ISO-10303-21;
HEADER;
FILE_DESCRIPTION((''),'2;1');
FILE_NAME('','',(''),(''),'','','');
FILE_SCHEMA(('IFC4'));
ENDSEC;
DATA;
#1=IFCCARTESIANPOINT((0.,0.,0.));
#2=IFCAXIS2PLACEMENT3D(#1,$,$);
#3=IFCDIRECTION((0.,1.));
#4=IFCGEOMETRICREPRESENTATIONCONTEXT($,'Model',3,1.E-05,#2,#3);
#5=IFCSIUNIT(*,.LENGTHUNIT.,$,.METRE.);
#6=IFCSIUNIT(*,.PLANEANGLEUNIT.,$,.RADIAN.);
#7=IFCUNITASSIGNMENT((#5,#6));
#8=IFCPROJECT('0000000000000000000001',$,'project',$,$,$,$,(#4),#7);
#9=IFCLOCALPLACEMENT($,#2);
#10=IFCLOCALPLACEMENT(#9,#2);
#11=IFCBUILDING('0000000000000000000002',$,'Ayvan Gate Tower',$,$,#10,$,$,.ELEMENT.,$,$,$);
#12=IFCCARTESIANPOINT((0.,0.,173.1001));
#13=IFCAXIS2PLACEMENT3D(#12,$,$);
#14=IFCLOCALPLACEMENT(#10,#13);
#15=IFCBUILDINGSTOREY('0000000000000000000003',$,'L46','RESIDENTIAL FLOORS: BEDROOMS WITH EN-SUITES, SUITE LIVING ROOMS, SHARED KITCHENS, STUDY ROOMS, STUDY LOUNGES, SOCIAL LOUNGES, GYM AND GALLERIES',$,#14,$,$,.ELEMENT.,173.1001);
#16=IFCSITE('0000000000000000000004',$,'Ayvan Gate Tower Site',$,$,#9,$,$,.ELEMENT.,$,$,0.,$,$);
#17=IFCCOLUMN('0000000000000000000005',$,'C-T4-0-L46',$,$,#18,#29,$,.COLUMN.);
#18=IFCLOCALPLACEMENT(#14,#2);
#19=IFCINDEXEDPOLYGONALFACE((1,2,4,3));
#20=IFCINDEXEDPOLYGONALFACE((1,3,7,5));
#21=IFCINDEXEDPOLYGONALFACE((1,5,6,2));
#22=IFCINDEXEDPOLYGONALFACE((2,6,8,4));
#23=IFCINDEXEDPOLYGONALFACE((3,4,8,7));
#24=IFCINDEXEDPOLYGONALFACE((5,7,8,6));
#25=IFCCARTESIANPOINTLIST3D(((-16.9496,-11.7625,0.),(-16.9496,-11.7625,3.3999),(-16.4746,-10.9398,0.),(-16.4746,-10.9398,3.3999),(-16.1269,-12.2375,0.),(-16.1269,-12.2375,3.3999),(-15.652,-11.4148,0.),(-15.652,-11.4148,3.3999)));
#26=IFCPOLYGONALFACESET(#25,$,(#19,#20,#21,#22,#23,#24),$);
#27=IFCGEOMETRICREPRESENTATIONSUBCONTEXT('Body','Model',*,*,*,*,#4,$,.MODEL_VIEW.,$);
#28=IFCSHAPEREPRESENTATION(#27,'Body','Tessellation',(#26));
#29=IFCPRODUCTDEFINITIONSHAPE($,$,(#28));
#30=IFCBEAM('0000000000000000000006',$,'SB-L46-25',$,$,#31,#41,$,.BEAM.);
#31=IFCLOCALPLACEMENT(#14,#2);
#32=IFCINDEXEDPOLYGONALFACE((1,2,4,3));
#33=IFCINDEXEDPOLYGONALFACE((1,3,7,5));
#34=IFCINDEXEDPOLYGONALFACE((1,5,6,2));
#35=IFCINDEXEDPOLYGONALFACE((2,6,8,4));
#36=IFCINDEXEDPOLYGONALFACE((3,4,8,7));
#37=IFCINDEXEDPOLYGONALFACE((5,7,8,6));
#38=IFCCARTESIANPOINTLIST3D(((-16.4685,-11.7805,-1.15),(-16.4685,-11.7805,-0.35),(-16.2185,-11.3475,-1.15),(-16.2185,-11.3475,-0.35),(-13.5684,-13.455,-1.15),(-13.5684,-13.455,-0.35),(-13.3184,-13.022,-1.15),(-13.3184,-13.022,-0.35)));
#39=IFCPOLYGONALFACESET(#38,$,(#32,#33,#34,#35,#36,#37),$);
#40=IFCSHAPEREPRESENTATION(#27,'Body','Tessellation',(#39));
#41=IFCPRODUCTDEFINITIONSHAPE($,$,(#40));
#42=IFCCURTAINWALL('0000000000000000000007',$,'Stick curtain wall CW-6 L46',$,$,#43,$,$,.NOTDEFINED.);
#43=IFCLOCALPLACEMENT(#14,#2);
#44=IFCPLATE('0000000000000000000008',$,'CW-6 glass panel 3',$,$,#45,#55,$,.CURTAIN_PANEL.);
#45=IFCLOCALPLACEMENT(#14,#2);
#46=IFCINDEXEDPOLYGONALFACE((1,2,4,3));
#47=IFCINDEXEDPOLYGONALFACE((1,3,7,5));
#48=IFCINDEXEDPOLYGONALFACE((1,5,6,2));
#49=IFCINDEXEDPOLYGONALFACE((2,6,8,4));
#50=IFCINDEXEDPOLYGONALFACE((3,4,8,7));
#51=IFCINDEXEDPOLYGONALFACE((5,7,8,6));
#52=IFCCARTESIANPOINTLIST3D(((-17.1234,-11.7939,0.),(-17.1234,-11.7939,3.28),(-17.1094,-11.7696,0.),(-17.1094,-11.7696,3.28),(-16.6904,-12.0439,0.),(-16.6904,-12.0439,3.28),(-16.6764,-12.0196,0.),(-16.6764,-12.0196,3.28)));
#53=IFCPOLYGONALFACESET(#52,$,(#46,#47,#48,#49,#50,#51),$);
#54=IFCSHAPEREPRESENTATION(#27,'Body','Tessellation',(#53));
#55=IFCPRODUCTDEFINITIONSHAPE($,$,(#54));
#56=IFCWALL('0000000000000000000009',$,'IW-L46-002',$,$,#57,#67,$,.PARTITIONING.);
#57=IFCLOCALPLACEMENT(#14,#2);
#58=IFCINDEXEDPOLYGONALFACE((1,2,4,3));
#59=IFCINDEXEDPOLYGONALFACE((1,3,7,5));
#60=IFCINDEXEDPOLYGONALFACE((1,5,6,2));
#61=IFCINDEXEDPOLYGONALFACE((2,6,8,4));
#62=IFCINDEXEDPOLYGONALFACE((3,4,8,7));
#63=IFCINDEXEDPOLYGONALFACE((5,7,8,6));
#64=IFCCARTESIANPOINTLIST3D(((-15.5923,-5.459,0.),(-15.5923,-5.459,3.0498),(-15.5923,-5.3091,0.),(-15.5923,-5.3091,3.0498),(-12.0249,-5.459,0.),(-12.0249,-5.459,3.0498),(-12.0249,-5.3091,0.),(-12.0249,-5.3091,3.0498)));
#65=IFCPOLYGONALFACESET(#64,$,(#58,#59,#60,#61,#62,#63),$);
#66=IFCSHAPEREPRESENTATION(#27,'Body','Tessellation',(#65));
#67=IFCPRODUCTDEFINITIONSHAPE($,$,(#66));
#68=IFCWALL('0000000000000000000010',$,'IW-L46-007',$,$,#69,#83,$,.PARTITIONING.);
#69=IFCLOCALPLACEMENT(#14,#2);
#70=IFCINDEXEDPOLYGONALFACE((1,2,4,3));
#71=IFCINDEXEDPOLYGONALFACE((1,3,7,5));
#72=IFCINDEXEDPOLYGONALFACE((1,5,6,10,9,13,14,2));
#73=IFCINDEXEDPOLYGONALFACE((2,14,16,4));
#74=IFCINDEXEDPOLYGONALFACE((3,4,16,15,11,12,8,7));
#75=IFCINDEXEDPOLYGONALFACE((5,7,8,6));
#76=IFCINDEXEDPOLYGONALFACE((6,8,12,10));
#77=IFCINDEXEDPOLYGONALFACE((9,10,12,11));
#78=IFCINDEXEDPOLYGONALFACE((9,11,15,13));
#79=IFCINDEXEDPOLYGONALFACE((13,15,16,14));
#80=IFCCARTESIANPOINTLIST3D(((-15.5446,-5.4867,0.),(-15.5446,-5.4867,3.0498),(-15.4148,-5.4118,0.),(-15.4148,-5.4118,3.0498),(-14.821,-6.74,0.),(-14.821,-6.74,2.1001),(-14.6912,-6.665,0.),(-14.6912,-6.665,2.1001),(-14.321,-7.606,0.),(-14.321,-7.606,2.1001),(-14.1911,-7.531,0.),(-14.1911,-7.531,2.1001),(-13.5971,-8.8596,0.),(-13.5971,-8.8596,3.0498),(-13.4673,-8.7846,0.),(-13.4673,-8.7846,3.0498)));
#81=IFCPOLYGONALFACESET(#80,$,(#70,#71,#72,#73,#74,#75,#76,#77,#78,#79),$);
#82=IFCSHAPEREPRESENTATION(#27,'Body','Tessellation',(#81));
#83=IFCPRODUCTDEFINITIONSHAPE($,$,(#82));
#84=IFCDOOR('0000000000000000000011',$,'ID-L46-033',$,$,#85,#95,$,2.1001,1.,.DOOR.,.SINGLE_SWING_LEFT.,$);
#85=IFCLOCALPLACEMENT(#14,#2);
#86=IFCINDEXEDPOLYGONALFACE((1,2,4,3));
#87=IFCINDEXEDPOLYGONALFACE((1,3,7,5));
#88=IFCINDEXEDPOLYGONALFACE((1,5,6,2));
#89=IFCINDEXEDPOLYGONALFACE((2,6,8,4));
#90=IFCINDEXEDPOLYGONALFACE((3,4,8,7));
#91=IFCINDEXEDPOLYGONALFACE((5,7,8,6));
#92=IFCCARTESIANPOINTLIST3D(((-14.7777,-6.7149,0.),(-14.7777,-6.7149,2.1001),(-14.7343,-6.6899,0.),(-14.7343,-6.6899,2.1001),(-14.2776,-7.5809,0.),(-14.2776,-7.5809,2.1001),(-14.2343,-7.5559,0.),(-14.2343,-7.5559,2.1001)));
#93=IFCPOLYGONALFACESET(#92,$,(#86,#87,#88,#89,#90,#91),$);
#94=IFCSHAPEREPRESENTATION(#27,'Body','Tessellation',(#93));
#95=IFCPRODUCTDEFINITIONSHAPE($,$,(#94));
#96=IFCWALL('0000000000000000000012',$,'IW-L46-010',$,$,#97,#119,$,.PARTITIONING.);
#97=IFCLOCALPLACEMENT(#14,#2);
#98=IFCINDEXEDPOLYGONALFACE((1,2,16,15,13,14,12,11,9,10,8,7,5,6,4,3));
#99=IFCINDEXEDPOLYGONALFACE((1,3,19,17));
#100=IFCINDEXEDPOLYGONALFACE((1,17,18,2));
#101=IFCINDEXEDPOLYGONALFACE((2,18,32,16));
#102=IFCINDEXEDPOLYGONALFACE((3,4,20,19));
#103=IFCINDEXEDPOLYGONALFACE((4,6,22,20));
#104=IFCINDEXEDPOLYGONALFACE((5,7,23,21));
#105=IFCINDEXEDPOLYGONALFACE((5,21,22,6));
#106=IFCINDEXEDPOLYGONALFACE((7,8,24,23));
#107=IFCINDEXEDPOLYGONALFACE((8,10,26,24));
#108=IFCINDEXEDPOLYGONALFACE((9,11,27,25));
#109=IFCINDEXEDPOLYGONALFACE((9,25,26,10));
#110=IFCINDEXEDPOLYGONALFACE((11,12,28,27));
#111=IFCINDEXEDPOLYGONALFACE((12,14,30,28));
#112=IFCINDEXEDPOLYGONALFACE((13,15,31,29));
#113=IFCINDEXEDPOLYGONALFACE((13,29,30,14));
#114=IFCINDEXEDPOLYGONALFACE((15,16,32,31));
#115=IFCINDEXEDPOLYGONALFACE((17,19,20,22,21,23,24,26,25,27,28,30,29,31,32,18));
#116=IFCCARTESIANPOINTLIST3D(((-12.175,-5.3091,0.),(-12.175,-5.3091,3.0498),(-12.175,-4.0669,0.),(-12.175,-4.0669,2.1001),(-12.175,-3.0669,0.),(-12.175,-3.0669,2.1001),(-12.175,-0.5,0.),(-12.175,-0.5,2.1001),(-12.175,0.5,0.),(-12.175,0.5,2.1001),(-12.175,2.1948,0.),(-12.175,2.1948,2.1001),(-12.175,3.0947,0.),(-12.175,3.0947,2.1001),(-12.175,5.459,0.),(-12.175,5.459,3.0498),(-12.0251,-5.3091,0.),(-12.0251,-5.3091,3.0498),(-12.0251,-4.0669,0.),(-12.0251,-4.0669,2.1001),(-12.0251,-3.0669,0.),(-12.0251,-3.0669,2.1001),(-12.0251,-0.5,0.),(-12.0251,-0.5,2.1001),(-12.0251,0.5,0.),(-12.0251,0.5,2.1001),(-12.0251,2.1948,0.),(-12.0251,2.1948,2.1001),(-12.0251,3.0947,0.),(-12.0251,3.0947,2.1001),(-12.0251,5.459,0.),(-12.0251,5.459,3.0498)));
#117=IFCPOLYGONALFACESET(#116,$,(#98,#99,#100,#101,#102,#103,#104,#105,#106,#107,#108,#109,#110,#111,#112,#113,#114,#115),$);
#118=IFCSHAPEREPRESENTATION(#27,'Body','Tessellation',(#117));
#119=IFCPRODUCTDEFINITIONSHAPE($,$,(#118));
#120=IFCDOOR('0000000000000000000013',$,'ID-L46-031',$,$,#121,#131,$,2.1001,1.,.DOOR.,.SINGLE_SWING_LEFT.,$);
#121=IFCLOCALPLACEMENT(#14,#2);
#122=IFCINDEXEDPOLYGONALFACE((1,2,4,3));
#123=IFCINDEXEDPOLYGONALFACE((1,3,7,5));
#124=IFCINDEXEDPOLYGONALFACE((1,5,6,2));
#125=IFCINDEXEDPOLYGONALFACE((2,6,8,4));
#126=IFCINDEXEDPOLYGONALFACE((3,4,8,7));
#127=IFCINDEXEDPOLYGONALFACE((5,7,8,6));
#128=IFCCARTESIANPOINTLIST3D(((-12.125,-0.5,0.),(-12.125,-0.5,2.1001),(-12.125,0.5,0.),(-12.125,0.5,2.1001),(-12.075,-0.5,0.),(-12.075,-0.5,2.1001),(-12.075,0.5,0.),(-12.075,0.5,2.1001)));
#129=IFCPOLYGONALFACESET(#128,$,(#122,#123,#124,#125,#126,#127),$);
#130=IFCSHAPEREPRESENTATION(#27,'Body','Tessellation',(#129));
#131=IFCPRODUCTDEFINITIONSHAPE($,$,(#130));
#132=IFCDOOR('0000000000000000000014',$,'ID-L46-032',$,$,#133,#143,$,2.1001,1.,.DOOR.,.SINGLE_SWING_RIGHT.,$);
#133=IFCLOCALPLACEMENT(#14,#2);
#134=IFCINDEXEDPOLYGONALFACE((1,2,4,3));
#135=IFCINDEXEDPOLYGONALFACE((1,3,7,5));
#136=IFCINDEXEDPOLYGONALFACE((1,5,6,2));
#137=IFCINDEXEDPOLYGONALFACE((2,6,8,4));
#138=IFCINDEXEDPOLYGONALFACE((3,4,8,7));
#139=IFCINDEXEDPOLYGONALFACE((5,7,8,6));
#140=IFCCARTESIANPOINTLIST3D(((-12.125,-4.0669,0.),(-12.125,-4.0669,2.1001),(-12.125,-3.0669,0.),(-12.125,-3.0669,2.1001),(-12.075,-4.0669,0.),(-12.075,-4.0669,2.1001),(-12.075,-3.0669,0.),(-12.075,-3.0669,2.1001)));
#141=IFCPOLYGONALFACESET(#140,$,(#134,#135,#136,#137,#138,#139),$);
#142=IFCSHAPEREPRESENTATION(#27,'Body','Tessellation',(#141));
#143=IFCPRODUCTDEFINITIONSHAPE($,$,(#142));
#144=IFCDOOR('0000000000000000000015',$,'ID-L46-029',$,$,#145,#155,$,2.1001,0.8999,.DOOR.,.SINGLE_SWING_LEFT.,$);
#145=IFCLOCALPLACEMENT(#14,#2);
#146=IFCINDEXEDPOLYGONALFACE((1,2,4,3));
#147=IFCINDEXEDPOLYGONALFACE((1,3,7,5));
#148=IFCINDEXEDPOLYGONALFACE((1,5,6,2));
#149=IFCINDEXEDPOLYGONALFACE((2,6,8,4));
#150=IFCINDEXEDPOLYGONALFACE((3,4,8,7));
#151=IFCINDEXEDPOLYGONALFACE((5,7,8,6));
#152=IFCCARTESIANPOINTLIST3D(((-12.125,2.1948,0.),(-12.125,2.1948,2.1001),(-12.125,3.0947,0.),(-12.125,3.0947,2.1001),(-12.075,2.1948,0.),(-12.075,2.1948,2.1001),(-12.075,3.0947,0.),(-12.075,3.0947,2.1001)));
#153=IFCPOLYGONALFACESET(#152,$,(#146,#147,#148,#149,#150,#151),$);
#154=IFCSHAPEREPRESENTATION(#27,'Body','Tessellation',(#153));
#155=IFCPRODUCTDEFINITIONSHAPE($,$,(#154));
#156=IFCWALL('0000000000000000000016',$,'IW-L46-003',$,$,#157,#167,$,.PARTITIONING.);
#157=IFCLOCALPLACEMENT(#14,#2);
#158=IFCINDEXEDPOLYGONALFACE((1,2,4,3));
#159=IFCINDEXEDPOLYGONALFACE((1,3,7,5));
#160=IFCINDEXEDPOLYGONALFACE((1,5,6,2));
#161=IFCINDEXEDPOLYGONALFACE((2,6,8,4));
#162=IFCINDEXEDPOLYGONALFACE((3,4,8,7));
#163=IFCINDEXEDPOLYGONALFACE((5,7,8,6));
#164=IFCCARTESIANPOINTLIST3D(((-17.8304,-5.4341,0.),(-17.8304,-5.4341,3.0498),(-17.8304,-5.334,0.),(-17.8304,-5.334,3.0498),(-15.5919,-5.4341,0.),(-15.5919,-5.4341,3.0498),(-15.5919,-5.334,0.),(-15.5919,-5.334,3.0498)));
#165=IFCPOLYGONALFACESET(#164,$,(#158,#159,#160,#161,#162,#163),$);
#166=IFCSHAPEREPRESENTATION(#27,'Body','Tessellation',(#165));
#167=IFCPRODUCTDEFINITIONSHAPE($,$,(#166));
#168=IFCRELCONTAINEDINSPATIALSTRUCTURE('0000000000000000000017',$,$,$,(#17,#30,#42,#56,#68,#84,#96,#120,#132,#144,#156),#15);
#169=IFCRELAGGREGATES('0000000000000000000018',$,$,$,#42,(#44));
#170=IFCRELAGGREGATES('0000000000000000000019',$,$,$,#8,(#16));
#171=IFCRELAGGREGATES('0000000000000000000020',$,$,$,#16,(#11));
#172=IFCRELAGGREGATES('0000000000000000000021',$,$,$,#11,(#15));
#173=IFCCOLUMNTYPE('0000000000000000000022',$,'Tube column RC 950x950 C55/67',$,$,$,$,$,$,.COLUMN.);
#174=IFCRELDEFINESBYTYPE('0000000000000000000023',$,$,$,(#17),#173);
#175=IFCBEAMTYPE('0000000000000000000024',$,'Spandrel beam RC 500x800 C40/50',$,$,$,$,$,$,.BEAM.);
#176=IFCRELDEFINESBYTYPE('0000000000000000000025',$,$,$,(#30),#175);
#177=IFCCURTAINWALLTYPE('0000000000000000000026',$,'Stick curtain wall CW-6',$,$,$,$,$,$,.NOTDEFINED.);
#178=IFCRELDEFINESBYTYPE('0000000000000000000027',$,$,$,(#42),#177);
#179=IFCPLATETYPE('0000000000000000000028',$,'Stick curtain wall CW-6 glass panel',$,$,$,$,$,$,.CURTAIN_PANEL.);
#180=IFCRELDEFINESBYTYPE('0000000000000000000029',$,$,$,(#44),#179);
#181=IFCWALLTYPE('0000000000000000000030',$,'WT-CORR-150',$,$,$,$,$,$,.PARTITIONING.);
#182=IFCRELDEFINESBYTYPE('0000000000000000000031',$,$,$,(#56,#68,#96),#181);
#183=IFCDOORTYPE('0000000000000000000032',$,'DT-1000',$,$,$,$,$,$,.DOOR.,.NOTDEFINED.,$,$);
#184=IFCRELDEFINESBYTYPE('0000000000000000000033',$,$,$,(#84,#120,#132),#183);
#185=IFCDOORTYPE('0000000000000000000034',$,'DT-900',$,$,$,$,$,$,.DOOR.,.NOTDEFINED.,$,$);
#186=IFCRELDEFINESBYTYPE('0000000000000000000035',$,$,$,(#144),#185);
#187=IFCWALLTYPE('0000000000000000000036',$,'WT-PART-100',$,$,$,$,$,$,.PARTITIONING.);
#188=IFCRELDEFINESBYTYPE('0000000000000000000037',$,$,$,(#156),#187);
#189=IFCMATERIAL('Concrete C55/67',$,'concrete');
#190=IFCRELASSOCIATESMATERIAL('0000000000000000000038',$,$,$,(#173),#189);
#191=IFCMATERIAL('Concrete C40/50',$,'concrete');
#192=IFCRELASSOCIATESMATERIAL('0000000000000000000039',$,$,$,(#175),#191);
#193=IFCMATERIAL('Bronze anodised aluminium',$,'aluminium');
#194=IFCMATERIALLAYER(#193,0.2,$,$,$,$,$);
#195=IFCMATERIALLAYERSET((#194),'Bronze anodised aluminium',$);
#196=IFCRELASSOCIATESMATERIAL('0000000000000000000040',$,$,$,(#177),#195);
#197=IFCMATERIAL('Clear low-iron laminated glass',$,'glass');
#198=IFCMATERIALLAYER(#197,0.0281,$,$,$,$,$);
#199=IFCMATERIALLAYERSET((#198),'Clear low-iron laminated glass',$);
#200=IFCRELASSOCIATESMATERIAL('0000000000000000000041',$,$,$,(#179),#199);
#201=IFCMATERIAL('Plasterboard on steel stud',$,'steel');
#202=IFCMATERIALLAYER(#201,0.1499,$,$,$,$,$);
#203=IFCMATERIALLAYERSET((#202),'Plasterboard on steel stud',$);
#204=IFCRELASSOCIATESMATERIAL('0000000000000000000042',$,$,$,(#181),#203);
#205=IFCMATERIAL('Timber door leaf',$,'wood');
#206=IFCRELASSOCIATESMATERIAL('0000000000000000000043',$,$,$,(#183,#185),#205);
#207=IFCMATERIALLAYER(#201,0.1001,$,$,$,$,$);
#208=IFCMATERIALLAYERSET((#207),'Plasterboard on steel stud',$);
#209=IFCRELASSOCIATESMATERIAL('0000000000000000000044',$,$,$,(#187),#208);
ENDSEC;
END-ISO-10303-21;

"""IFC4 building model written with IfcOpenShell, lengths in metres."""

from ifc_helpers import new_model, si_unit, direction, frame, frame_2d, origin, origin_2d, place, context, subcontext, project, spatial, rectangle, extrude, material, layer, layer_set, material_profile, profile_set, type_object, element, fill, aggregate, save


model = new_model("IFC4")

# Units and contexts
model_context = context("Model", 3, precision=1e-05, world=origin(), true_north=direction((0.0, 1.0)))
body_context = subcontext(model_context, "Body", "Model", "MODEL_VIEW")
ifc_project = project(units=[si_unit("LENGTHUNIT", "METRE"), si_unit("PLANEANGLEUNIT", "RADIAN")], contexts=[model_context])

# Site, building, storey
site_placement = place(None, origin())
site = spatial("IfcSite", under=ifc_project, at=site_placement, Name="Ayvan Gate Tower Site", CompositionType="ELEMENT", RefElevation=0.0)
building_placement = place(site_placement, origin())
building = spatial("IfcBuilding", under=site, at=building_placement, Name="Ayvan Gate Tower", CompositionType="ELEMENT")
storey_placement = place(building_placement, frame((0.0, 0.0, 173.1001)))
storey = spatial("IfcBuildingStorey", under=building, at=storey_placement, Name="L46", Description="RESIDENTIAL FLOORS: BEDROOMS WITH EN-SUITES, SUITE LIVING ROOMS, SHARED KITCHENS, STUDY ROOMS, STUDY LOUNGES, SOCIAL LOUNGES, GYM AND GALLERIES", CompositionType="ELEMENT", Elevation=173.1001)

# Column
ifc_material_1 = material(Name="Concrete C55/67", Category="concrete")
ifc_material_profile_1 = material_profile(ifc_material_1, rectangle(XDim=0.95, YDim=0.95, at=origin_2d()), Name="RC 950x950")
ifc_profile_set_1 = profile_set([ifc_material_profile_1], Name="Concrete C55/67")
column_type = type_object("IfcColumnType", Name="Tube column RC 950x950 C55/67", PredefinedType="COLUMN", material=ifc_profile_set_1)
column_placement = place(storey_placement, frame((-16.3008, -11.5886, 0.0), z_axis=(0.0, 0.0, 1.0), x_axis=(-0.5, -0.866025, 0.0)))
element("IfcColumn", 1, at=column_placement, inside=storey, type_object=column_type, Name="C-T4-0-L46", PredefinedType="COLUMN", context=body_context, shape_type="SweptSolid", body=[
    extrude(rectangle(XDim=0.95, YDim=0.95, at=origin_2d()), origin(), (0.0, 0.0, 1.0), 3.3999),
])

# Beam
ifc_material_2 = material(Name="Concrete C40/50", Category="concrete")
ifc_material_profile_2 = material_profile(ifc_material_2, rectangle(XDim=0.5, YDim=0.8, at=origin_2d()), Name="RC 500x800")
ifc_profile_set_2 = profile_set([ifc_material_profile_2], Name="Concrete C40/50")
beam_type = type_object("IfcBeamType", Name="Spandrel beam RC 500x800 C40/50", PredefinedType="BEAM", material=ifc_profile_set_2)
beam_placement = place(storey_placement, frame((-16.3435, -11.564, -0.75), z_axis=(0.866005, -0.500036, 0.0), x_axis=(0.500036, 0.866005, 0.0)))
element("IfcBeam", 2, at=beam_placement, inside=storey, type_object=beam_type, Name="SB-L46-25", PredefinedType="BEAM", context=body_context, shape_type="SweptSolid", body=[
    extrude(rectangle(XDim=0.5, YDim=0.8, at=origin_2d()), origin(), (0.0, 0.0, 1.0), 3.3489),
])

# Curtain wall, plate
ifc_material_3 = material(Name="Bronze anodised aluminium", Category="aluminium")
ifc_layer_1 = layer(ifc_material_3, 0.2)
ifc_layer_set_1 = layer_set([ifc_layer_1], Name="Bronze anodised aluminium")
curtain_wall_type = type_object("IfcCurtainWallType", Name="Stick curtain wall CW-6", PredefinedType="NOTDEFINED", material=ifc_layer_set_1)
curtain_wall_placement = place(storey_placement, origin())
curtain_wall = element("IfcCurtainWall", 3, at=curtain_wall_placement, inside=storey, type_object=curtain_wall_type, Name="Stick curtain wall CW-6 L46", PredefinedType="NOTDEFINED")
ifc_material_4 = material(Name="Clear low-iron laminated glass", Category="glass")
ifc_layer_2 = layer(ifc_material_4, 0.0281)
ifc_layer_set_2 = layer_set([ifc_layer_2], Name="Clear low-iron laminated glass")
plate_type = type_object("IfcPlateType", Name="Stick curtain wall CW-6 glass panel", PredefinedType="CURTAIN_PANEL", material=ifc_layer_set_2)
plate_placement = place(storey_placement, frame((-16.8999, -11.9067, 0.0), z_axis=(0.0, 0.0, 1.0), x_axis=(0.866025, -0.5, 0.0)))
plate = element("IfcPlate", 4, at=plate_placement, type_object=plate_type, Name="CW-6 glass panel 3", PredefinedType="CURTAIN_PANEL", context=body_context, shape_type="SweptSolid", body=[
    extrude(rectangle(XDim=0.5, YDim=0.0281, at=origin_2d()), origin(), (0.0, 0.0, 1.0), 3.28),
])
aggregate(curtain_wall, [plate])

# Wall
ifc_material_5 = material(Name="Plasterboard on steel stud", Category="steel")
ifc_layer_3 = layer(ifc_material_5, 0.1499)
ifc_layer_set_3 = layer_set([ifc_layer_3], Name="Plasterboard on steel stud")
wall_type_1 = type_object("IfcWallType", Name="WT-CORR-150", PredefinedType="PARTITIONING", material=ifc_layer_set_3)
wall_1_placement = place(storey_placement, frame((-15.5923, -5.384, 0.0), z_axis=(0.0, 0.0, 1.0), x_axis=(1.0, 0.0, 0.0)))
element("IfcWall", 5, at=wall_1_placement, inside=storey, type_object=wall_type_1, Name="IW-L46-002", PredefinedType="PARTITIONING", context=body_context, shape_type="SweptSolid", body=[
    extrude(rectangle(XDim=3.5674, YDim=0.1499, at=frame_2d((1.7837, 0.0))), origin(), (0.0, 0.0, 1.0), 3.0498),
])

# Wall, opening, door
wall_2_placement = place(storey_placement, frame((-13.5322, -8.822, 0.0), z_axis=(0.0, 0.0, 1.0), x_axis=(-0.500043, 0.866001, 0.0)))
wall_2 = element("IfcWall", 6, at=wall_2_placement, inside=storey, type_object=wall_type_1, Name="IW-L46-007", PredefinedType="PARTITIONING", context=body_context, shape_type="SweptSolid", body=[
    extrude(rectangle(XDim=3.8948, YDim=0.1499, at=frame_2d((1.9473, 0.0))), origin(), (0.0, 0.0, 1.0), 3.0498),
])
opening_1_placement = place(wall_2_placement, frame((1.4475, 0.0, 0.0)))
opening_1 = element("IfcOpeningElement", 7, at=opening_1_placement, cuts=wall_2, PredefinedType="OPENING", context=body_context, shape_type="SweptSolid", body=[
    extrude(rectangle(XDim=1.0, YDim=2.1001, at=frame_2d((0.5, 1.05))), frame((0.0, 0.085, 0.0), z_axis=(0.0, -1.0, 0.0), x_axis=(1.0, 0.0, 0.0)), (0.0, 0.0, 1.0), 0.1699),
])
ifc_material_6 = material(Name="Timber door leaf", Category="wood")
door_type_1 = type_object("IfcDoorType", Name="DT-1000", OperationType="NOTDEFINED", PredefinedType="DOOR", material=ifc_material_6)
door_1_placement = place(opening_1_placement, origin())
door_1 = element("IfcDoor", 8, at=door_1_placement, inside=storey, type_object=door_type_1, Name="ID-L46-033", OperationType="SINGLE_SWING_LEFT", OverallHeight=2.1001, OverallWidth=1.0, PredefinedType="DOOR", context=body_context, shape_type="SweptSolid", body=[
    extrude(rectangle(XDim=1.0, YDim=2.1001, at=frame_2d((0.5, 1.05))), frame((0.0, 0.0249, 0.0), z_axis=(0.0, -1.0, 0.0), x_axis=(1.0, 0.0, 0.0)), (0.0, 0.0, 1.0), 0.05),
])
fill(opening_1, door_1)

# Wall, openings, doors
wall_3_placement = place(storey_placement, frame((-12.1001, -5.3091, 0.0), z_axis=(0.0, 0.0, 1.0), x_axis=(0.0, 1.0, 0.0)))
wall_3 = element("IfcWall", 9, at=wall_3_placement, inside=storey, type_object=wall_type_1, Name="IW-L46-010", PredefinedType="PARTITIONING", context=body_context, shape_type="SweptSolid", body=[
    extrude(rectangle(XDim=10.7681, YDim=0.1499, at=frame_2d((5.384, 0.0))), origin(), (0.0, 0.0, 1.0), 3.0498),
])
opening_2_placement = place(wall_3_placement, frame((7.5039, 0.0, 0.0)))
opening_2 = element("IfcOpeningElement", 10, at=opening_2_placement, cuts=wall_3, PredefinedType="OPENING", context=body_context, shape_type="SweptSolid", body=[
    extrude(rectangle(XDim=0.8999, YDim=2.1001, at=frame_2d((0.45, 1.05))), frame((0.0, 0.085, 0.0), z_axis=(0.0, -1.0, 0.0), x_axis=(1.0, 0.0, 0.0)), (0.0, 0.0, 1.0), 0.1699),
])
opening_3_placement = place(wall_3_placement, frame((4.8091, 0.0, 0.0)))
opening_3 = element("IfcOpeningElement", 11, at=opening_3_placement, cuts=wall_3, PredefinedType="OPENING", context=body_context, shape_type="SweptSolid", body=[
    extrude(rectangle(XDim=1.0, YDim=2.1001, at=frame_2d((0.5, 1.05))), frame((0.0, 0.085, 0.0), z_axis=(0.0, -1.0, 0.0), x_axis=(1.0, 0.0, 0.0)), (0.0, 0.0, 1.0), 0.1699),
])
opening_4_placement = place(wall_3_placement, frame((1.2422, 0.0, 0.0)))
opening_4 = element("IfcOpeningElement", 12, at=opening_4_placement, cuts=wall_3, PredefinedType="OPENING", context=body_context, shape_type="SweptSolid", body=[
    extrude(rectangle(XDim=1.0, YDim=2.1001, at=frame_2d((0.5, 1.05))), frame((0.0, 0.085, 0.0), z_axis=(0.0, -1.0, 0.0), x_axis=(1.0, 0.0, 0.0)), (0.0, 0.0, 1.0), 0.1699),
])
door_2_placement = place(opening_3_placement, origin())
door_2 = element("IfcDoor", 13, at=door_2_placement, inside=storey, type_object=door_type_1, Name="ID-L46-031", OperationType="SINGLE_SWING_LEFT", OverallHeight=2.1001, OverallWidth=1.0, PredefinedType="DOOR", context=body_context, shape_type="SweptSolid", body=[
    extrude(rectangle(XDim=1.0, YDim=2.1001, at=frame_2d((0.5, 1.05))), frame((0.0, 0.0249, 0.0), z_axis=(0.0, -1.0, 0.0), x_axis=(1.0, 0.0, 0.0)), (0.0, 0.0, 1.0), 0.05),
])
fill(opening_3, door_2)
door_3_placement = place(opening_4_placement, origin())
door_3 = element("IfcDoor", 14, at=door_3_placement, inside=storey, type_object=door_type_1, Name="ID-L46-032", OperationType="SINGLE_SWING_RIGHT", OverallHeight=2.1001, OverallWidth=1.0, PredefinedType="DOOR", context=body_context, shape_type="SweptSolid", body=[
    extrude(rectangle(XDim=1.0, YDim=2.1001, at=frame_2d((0.5, 1.05))), frame((0.0, 0.0249, 0.0), z_axis=(0.0, -1.0, 0.0), x_axis=(1.0, 0.0, 0.0)), (0.0, 0.0, 1.0), 0.05),
])
fill(opening_4, door_3)
door_type_2 = type_object("IfcDoorType", Name="DT-900", OperationType="NOTDEFINED", PredefinedType="DOOR", material=ifc_material_6)
door_4_placement = place(opening_2_placement, origin())
door_4 = element("IfcDoor", 15, at=door_4_placement, inside=storey, type_object=door_type_2, Name="ID-L46-029", OperationType="SINGLE_SWING_LEFT", OverallHeight=2.1001, OverallWidth=0.8999, PredefinedType="DOOR", context=body_context, shape_type="SweptSolid", body=[
    extrude(rectangle(XDim=0.8999, YDim=2.1001, at=frame_2d((0.45, 1.05))), frame((0.0, 0.0249, 0.0), z_axis=(0.0, -1.0, 0.0), x_axis=(1.0, 0.0, 0.0)), (0.0, 0.0, 1.0), 0.05),
])
fill(opening_2, door_4)

# Wall
ifc_layer_4 = layer(ifc_material_5, 0.1001)
ifc_layer_set_4 = layer_set([ifc_layer_4], Name="Plasterboard on steel stud")
wall_type_2 = type_object("IfcWallType", Name="WT-PART-100", PredefinedType="PARTITIONING", material=ifc_layer_set_4)
wall_4_placement = place(storey_placement, frame((-15.592, -5.384, 0.0), z_axis=(0.0, 0.0, 1.0), x_axis=(-1.0, 0.0, 0.0)))
element("IfcWall", 16, at=wall_4_placement, inside=storey, type_object=wall_type_2, Name="IW-L46-003", PredefinedType="PARTITIONING", context=body_context, shape_type="SweptSolid", body=[
    extrude(rectangle(XDim=2.2385, YDim=0.1001, at=frame_2d((1.1191, 0.0))), origin(), (0.0, 0.0, 1.0), 3.0498),
])

save(model, "model.ifc")
